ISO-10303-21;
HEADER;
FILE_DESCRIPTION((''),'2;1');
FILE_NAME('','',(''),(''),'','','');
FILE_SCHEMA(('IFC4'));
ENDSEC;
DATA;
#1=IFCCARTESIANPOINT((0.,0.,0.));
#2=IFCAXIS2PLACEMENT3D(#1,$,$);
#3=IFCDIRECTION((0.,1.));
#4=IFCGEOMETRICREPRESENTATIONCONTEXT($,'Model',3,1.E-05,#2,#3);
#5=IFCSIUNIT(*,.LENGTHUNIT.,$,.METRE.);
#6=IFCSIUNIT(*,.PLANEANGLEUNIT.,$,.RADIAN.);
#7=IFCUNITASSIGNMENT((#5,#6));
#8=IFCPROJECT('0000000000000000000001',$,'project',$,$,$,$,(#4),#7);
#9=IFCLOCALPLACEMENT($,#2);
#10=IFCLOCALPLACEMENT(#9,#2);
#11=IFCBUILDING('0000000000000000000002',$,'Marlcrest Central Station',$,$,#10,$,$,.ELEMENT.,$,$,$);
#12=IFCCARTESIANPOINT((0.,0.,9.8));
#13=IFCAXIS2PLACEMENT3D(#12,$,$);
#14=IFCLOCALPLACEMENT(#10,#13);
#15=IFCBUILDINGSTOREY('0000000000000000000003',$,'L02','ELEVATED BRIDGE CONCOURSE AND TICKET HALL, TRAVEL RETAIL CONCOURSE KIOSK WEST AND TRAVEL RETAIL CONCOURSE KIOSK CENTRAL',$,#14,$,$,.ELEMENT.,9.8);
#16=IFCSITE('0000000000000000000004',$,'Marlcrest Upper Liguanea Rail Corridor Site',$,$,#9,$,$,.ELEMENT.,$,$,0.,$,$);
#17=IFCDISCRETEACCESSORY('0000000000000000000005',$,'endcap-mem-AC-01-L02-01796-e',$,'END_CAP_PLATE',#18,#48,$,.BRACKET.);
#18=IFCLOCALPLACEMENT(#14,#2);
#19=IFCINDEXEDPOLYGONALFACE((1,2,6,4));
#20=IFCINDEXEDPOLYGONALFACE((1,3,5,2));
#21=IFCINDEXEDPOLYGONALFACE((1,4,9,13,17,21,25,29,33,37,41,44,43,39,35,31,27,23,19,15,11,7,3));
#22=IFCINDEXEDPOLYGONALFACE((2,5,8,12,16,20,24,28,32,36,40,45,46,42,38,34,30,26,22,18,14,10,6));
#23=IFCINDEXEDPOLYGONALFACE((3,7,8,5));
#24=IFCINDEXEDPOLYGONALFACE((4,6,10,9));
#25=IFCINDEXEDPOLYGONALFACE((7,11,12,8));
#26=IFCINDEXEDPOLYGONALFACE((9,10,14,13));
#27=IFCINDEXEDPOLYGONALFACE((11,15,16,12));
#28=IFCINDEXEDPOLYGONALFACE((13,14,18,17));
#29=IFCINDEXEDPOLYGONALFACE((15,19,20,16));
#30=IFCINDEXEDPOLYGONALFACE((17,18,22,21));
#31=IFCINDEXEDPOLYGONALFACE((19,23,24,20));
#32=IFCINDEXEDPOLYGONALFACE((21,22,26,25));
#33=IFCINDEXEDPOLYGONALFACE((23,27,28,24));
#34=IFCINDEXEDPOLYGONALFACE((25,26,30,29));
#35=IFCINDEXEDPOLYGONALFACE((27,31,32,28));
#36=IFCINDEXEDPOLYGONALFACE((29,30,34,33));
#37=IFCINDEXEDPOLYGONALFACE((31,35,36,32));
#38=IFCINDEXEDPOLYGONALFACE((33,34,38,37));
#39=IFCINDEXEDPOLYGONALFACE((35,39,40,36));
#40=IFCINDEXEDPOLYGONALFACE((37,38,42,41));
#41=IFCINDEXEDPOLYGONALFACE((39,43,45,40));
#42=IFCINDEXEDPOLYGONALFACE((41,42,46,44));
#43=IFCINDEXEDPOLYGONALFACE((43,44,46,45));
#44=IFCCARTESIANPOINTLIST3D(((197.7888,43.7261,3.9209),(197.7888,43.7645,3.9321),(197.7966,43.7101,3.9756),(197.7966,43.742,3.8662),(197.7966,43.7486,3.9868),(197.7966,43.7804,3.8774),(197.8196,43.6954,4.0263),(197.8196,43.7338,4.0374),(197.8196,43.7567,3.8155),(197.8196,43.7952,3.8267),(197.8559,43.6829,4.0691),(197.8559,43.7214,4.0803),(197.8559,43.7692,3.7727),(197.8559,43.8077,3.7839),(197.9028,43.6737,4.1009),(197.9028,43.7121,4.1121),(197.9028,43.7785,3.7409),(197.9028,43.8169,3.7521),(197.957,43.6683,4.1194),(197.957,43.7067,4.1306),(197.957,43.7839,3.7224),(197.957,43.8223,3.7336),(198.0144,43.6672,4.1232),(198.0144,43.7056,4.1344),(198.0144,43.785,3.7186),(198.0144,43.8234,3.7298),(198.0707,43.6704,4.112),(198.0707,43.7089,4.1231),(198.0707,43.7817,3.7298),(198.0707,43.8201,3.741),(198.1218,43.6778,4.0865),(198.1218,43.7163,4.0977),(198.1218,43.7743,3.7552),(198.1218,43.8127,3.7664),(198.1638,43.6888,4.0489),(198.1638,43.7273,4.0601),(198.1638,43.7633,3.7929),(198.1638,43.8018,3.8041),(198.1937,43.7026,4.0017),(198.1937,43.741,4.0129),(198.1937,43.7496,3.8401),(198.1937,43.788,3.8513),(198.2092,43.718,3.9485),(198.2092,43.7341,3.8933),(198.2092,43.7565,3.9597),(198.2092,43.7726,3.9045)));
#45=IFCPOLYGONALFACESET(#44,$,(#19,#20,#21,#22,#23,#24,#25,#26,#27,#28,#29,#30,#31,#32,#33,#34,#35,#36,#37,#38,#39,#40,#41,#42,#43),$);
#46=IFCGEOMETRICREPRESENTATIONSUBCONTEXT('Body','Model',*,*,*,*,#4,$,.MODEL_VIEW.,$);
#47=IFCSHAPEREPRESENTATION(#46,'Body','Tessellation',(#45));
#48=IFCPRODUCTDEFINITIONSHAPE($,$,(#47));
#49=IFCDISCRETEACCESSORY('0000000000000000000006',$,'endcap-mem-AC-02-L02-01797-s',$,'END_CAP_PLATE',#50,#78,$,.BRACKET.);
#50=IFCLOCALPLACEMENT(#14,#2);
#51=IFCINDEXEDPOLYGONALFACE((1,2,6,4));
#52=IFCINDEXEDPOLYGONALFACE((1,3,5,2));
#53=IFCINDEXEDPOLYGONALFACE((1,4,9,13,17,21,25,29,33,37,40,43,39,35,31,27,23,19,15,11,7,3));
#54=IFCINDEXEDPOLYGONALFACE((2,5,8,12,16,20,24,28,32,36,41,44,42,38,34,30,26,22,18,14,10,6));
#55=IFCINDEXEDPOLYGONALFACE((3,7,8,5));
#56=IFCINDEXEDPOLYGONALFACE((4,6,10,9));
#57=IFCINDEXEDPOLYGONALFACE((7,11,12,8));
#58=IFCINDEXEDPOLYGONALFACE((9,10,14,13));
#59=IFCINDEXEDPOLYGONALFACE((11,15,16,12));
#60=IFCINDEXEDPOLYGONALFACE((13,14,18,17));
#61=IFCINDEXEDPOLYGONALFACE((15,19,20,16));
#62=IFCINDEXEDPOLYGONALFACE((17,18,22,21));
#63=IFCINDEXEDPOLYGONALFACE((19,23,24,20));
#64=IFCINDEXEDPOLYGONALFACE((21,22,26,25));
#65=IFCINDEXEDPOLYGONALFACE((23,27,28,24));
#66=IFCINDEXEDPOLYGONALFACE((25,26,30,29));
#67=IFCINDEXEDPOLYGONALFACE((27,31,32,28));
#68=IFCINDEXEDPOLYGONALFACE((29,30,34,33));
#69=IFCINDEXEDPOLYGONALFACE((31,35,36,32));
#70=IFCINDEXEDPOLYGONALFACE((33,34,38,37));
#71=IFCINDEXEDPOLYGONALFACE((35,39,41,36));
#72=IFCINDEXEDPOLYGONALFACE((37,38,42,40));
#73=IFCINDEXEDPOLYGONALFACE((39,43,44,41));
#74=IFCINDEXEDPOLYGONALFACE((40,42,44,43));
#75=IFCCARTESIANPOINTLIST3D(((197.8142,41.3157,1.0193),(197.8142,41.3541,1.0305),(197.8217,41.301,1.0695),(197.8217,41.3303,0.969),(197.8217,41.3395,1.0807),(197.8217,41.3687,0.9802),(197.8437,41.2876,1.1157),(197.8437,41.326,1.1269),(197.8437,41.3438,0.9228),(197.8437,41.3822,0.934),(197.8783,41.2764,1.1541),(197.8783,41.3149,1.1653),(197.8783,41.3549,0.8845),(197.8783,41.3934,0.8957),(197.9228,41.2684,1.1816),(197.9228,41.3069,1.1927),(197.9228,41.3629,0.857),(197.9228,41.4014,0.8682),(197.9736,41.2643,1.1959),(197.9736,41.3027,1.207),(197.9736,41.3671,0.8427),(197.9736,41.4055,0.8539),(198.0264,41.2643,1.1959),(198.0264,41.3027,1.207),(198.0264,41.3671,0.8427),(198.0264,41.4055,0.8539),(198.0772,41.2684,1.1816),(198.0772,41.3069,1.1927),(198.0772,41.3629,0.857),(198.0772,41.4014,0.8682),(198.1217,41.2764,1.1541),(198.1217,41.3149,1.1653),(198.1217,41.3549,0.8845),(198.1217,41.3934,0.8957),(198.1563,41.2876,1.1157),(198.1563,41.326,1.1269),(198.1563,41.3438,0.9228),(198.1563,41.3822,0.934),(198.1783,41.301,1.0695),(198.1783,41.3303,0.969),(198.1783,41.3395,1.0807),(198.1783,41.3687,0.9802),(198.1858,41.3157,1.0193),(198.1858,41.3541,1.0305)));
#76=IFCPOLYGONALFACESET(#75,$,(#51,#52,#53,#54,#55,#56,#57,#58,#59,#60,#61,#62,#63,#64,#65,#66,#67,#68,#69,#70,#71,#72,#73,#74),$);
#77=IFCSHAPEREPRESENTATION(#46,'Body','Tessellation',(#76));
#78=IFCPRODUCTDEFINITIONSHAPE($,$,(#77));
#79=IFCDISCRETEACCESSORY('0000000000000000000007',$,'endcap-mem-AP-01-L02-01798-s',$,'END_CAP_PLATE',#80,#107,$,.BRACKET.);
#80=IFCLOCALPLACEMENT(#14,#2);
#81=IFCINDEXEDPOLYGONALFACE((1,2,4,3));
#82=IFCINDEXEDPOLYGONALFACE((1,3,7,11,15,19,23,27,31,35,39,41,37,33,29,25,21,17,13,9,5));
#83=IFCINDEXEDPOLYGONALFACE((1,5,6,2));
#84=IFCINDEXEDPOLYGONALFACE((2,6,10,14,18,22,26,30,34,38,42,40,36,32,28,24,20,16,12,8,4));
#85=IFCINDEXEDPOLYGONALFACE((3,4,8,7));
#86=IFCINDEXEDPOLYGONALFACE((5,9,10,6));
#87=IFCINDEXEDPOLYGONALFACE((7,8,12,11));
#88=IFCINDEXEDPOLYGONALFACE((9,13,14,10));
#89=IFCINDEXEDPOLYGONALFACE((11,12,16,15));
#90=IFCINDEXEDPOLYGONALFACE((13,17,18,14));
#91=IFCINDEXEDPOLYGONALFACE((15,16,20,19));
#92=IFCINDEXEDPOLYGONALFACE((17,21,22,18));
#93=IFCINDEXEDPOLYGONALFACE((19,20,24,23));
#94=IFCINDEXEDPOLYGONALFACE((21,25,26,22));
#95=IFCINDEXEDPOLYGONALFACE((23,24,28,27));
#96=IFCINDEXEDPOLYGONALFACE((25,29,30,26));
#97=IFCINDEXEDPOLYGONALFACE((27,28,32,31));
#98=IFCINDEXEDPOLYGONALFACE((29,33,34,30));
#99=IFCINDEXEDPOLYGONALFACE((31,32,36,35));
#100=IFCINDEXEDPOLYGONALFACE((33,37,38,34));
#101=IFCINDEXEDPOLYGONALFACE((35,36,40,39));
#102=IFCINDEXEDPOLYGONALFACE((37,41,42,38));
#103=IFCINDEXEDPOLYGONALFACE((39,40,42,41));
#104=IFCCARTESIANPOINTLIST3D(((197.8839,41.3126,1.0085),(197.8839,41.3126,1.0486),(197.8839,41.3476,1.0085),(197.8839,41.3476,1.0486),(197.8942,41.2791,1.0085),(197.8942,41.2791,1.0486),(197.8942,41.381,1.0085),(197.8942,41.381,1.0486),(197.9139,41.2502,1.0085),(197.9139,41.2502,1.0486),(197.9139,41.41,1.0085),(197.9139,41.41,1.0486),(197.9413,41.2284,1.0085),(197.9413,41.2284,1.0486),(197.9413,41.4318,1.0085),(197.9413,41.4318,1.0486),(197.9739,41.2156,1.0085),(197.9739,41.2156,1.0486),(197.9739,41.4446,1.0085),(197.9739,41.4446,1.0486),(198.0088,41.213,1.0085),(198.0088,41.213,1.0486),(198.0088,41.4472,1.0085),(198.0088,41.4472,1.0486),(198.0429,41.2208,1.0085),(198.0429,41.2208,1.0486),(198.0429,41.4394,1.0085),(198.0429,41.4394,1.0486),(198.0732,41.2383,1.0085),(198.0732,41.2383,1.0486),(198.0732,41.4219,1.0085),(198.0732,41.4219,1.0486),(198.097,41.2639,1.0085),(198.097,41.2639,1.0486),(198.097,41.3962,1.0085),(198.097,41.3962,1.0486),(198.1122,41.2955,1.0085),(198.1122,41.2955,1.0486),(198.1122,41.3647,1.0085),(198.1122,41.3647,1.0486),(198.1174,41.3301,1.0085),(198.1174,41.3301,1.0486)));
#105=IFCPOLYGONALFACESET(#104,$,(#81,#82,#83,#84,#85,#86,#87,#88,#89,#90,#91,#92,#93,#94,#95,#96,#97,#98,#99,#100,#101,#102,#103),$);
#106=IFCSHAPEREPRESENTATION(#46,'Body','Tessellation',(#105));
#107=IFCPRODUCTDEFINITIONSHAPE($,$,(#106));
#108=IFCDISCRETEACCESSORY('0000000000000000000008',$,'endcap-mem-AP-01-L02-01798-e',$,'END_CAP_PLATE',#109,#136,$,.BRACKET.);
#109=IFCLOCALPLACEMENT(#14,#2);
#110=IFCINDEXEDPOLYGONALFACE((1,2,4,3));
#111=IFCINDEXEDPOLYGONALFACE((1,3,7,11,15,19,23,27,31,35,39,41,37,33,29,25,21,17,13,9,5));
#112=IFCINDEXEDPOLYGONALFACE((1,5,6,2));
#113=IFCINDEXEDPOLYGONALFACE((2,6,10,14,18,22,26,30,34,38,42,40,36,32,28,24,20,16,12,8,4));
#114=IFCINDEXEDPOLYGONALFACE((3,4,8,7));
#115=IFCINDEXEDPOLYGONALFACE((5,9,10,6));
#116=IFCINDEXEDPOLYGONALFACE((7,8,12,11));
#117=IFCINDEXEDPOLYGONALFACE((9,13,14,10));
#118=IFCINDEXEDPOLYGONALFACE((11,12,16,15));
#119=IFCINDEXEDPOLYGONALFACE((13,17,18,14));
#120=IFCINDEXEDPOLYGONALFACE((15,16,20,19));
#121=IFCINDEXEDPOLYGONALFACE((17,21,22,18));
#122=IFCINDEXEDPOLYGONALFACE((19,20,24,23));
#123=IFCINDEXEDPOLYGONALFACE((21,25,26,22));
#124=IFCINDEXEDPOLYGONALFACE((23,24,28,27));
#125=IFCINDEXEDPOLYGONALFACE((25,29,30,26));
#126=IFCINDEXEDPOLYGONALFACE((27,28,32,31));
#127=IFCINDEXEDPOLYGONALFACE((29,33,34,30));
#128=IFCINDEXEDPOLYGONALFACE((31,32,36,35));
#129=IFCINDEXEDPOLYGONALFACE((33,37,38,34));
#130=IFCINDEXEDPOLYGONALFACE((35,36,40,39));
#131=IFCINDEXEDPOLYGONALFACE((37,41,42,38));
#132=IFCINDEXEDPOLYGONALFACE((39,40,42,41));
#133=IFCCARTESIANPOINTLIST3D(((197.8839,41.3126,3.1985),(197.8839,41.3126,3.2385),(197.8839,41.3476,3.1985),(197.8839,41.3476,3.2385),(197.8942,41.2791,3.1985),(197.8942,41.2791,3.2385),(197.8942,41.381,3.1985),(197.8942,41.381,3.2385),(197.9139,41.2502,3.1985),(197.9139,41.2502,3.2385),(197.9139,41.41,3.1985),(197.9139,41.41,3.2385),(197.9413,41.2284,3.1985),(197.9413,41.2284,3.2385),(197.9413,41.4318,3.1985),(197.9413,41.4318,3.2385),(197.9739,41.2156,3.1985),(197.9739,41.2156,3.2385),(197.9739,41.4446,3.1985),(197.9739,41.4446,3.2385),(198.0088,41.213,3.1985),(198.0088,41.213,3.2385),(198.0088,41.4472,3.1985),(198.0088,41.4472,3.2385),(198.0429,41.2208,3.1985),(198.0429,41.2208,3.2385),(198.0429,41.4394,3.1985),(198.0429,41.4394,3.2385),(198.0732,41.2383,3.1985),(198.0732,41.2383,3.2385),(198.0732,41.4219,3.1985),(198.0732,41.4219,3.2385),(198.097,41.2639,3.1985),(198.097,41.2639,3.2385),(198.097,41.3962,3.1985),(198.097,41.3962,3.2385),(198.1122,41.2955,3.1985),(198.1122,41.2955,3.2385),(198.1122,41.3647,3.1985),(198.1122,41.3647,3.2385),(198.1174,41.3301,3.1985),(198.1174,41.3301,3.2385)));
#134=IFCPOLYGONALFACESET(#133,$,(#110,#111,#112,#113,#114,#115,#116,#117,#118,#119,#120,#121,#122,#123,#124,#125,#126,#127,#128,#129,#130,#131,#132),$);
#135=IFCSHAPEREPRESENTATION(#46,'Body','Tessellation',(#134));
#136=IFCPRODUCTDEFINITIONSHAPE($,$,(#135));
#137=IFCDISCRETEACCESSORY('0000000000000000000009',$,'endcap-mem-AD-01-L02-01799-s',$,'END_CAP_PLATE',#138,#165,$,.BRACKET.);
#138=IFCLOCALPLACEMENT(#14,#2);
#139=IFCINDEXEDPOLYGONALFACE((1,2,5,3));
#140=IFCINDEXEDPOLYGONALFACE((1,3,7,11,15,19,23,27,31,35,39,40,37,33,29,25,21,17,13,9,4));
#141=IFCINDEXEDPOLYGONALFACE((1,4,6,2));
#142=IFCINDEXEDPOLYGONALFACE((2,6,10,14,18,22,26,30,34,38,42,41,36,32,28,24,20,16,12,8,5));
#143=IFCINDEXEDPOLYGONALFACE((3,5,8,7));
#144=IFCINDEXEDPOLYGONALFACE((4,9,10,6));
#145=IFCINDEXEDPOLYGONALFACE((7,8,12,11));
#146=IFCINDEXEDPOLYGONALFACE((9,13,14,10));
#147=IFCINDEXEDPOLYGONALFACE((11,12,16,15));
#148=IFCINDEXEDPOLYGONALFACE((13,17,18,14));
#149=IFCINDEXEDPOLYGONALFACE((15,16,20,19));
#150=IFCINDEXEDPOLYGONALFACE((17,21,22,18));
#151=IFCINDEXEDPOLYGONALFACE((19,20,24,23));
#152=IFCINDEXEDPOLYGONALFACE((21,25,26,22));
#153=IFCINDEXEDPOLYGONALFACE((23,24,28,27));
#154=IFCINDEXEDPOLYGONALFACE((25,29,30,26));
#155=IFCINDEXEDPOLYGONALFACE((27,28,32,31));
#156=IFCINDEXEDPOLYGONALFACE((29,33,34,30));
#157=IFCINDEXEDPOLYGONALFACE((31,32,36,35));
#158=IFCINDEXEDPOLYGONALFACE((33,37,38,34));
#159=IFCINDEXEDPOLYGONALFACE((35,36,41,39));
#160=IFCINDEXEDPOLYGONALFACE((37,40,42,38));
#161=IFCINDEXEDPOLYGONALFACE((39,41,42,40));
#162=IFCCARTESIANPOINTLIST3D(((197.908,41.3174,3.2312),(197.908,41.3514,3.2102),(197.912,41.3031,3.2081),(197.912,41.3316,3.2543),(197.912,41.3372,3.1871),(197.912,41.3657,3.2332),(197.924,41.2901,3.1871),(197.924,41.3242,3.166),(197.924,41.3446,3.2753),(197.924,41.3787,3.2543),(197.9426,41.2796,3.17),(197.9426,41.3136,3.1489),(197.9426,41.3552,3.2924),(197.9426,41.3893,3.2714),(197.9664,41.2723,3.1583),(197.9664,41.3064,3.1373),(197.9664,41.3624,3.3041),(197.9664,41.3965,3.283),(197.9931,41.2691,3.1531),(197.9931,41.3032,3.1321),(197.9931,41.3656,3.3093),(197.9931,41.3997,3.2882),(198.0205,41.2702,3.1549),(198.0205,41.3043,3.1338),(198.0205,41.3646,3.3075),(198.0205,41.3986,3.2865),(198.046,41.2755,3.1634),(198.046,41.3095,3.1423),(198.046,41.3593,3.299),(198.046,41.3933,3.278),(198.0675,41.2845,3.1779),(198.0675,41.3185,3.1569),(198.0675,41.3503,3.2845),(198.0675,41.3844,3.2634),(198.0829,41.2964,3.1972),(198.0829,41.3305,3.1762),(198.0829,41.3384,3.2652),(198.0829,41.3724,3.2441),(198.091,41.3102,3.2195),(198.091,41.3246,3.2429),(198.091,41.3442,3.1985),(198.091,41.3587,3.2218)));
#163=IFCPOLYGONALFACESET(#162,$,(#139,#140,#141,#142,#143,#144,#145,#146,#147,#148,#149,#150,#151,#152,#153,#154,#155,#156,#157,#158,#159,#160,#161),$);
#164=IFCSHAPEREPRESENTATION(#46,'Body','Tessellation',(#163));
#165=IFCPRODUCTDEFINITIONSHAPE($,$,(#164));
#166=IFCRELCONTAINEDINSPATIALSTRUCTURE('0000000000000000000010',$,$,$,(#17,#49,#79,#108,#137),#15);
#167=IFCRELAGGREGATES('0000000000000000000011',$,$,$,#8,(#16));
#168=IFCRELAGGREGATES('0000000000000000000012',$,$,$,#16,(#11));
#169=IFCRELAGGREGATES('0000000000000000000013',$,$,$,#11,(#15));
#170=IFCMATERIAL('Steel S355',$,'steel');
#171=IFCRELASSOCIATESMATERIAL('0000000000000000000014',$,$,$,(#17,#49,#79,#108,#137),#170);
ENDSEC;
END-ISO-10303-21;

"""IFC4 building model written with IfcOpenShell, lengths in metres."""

from ifc_helpers import new_model, si_unit, direction, frame, origin, origin_2d, place, context, subcontext, project, spatial, circle, extrude, material, element, save


model = new_model("IFC4")

# Units and contexts
model_context = context("Model", 3, precision=1e-05, world=origin(), true_north=direction((0.0, 1.0)))
body_context = subcontext(model_context, "Body", "Model", "MODEL_VIEW")
ifc_project = project(units=[si_unit("LENGTHUNIT", "METRE"), si_unit("PLANEANGLEUNIT", "RADIAN")], contexts=[model_context])

# Site, building, storey
site_placement = place(None, origin())
site = spatial("IfcSite", under=ifc_project, at=site_placement, Name="Marlcrest Upper Liguanea Rail Corridor Site", CompositionType="ELEMENT", RefElevation=0.0)
building_placement = place(site_placement, origin())
building = spatial("IfcBuilding", under=site, at=building_placement, Name="Marlcrest Central Station", CompositionType="ELEMENT")
storey_placement = place(building_placement, frame((0.0, 0.0, 9.8)))
storey = spatial("IfcBuildingStorey", under=building, at=storey_placement, Name="L02", Description="ELEVATED BRIDGE CONCOURSE AND TICKET HALL, TRAVEL RETAIL CONCOURSE KIOSK WEST AND TRAVEL RETAIL CONCOURSE KIOSK CENTRAL", CompositionType="ELEMENT", Elevation=9.8)

# Shared definitions
ifc_material_1 = material(Name="Steel S355", Category="steel")

# Discrete accessories
for number, where, z_axis, x_axis, name in (
    (1, (198.0, 43.7261, 3.9209), (0.0, 0.96013, 0.279554), (-1.0, 0.0, 0.0), "endcap-mem-AC-01-L02-01796-e"),
):
    element("IfcDiscreteAccessory", number, at=place(storey_placement, frame(where, z_axis=z_axis, x_axis=x_axis)), inside=storey, material=ifc_material_1, Name=name, ObjectType="END_CAP_PLATE", PredefinedType="BRACKET", context=body_context, shape_type="SweptSolid", body=[
        extrude(circle(Radius=0.2112, at=origin_2d()), origin(), (0.0, 0.0, 1.0), 0.04),
    ])
discrete_accessory_1_placement = place(storey_placement, frame((198.0, 41.3157, 1.0193), z_axis=(0.0, 0.96013, 0.279554), x_axis=(-1.0, 0.0, 0.0)))
element("IfcDiscreteAccessory", 2, at=discrete_accessory_1_placement, inside=storey, material=ifc_material_1, Name="endcap-mem-AC-02-L02-01797-s", ObjectType="END_CAP_PLATE", PredefinedType="BRACKET", context=body_context, shape_type="SweptSolid", body=[
    extrude(circle(Radius=0.1858, at=origin_2d()), origin(), (0.0, 0.0, 1.0), 0.04),
])
for number, where, z_axis, x_axis, name in (
    (3, (198.0, 41.3301, 1.0085), (0.0, 0.0, 1.0), (1.0, 0.0, 0.0), "endcap-mem-AP-01-L02-01798-s"),
    (4, (198.0, 41.3301, 3.1985), (0.0, 0.0, 1.0), (1.0, 0.0, 0.0), "endcap-mem-AP-01-L02-01798-e"),
):
    element("IfcDiscreteAccessory", number, at=place(storey_placement, frame(where, z_axis=z_axis, x_axis=x_axis)), inside=storey, material=ifc_material_1, Name=name, ObjectType="END_CAP_PLATE", PredefinedType="BRACKET", context=body_context, shape_type="SweptSolid", body=[
        extrude(circle(Radius=0.1174, at=origin_2d()), origin(), (0.0, 0.0, 1.0), 0.04),
    ])
discrete_accessory_2_placement = place(storey_placement, frame((198.0, 41.3174, 3.2312), z_axis=(0.0, 0.850687, -0.525672), x_axis=(-1.0, 0.0, 0.0)))
element("IfcDiscreteAccessory", 5, at=discrete_accessory_2_placement, inside=storey, material=ifc_material_1, Name="endcap-mem-AD-01-L02-01799-s", ObjectType="END_CAP_PLATE", PredefinedType="BRACKET", context=body_context, shape_type="SweptSolid", body=[
    extrude(circle(Radius=0.092, at=origin_2d()), origin(), (0.0, 0.0, 1.0), 0.04),
])

save(model, "model.ifc")
